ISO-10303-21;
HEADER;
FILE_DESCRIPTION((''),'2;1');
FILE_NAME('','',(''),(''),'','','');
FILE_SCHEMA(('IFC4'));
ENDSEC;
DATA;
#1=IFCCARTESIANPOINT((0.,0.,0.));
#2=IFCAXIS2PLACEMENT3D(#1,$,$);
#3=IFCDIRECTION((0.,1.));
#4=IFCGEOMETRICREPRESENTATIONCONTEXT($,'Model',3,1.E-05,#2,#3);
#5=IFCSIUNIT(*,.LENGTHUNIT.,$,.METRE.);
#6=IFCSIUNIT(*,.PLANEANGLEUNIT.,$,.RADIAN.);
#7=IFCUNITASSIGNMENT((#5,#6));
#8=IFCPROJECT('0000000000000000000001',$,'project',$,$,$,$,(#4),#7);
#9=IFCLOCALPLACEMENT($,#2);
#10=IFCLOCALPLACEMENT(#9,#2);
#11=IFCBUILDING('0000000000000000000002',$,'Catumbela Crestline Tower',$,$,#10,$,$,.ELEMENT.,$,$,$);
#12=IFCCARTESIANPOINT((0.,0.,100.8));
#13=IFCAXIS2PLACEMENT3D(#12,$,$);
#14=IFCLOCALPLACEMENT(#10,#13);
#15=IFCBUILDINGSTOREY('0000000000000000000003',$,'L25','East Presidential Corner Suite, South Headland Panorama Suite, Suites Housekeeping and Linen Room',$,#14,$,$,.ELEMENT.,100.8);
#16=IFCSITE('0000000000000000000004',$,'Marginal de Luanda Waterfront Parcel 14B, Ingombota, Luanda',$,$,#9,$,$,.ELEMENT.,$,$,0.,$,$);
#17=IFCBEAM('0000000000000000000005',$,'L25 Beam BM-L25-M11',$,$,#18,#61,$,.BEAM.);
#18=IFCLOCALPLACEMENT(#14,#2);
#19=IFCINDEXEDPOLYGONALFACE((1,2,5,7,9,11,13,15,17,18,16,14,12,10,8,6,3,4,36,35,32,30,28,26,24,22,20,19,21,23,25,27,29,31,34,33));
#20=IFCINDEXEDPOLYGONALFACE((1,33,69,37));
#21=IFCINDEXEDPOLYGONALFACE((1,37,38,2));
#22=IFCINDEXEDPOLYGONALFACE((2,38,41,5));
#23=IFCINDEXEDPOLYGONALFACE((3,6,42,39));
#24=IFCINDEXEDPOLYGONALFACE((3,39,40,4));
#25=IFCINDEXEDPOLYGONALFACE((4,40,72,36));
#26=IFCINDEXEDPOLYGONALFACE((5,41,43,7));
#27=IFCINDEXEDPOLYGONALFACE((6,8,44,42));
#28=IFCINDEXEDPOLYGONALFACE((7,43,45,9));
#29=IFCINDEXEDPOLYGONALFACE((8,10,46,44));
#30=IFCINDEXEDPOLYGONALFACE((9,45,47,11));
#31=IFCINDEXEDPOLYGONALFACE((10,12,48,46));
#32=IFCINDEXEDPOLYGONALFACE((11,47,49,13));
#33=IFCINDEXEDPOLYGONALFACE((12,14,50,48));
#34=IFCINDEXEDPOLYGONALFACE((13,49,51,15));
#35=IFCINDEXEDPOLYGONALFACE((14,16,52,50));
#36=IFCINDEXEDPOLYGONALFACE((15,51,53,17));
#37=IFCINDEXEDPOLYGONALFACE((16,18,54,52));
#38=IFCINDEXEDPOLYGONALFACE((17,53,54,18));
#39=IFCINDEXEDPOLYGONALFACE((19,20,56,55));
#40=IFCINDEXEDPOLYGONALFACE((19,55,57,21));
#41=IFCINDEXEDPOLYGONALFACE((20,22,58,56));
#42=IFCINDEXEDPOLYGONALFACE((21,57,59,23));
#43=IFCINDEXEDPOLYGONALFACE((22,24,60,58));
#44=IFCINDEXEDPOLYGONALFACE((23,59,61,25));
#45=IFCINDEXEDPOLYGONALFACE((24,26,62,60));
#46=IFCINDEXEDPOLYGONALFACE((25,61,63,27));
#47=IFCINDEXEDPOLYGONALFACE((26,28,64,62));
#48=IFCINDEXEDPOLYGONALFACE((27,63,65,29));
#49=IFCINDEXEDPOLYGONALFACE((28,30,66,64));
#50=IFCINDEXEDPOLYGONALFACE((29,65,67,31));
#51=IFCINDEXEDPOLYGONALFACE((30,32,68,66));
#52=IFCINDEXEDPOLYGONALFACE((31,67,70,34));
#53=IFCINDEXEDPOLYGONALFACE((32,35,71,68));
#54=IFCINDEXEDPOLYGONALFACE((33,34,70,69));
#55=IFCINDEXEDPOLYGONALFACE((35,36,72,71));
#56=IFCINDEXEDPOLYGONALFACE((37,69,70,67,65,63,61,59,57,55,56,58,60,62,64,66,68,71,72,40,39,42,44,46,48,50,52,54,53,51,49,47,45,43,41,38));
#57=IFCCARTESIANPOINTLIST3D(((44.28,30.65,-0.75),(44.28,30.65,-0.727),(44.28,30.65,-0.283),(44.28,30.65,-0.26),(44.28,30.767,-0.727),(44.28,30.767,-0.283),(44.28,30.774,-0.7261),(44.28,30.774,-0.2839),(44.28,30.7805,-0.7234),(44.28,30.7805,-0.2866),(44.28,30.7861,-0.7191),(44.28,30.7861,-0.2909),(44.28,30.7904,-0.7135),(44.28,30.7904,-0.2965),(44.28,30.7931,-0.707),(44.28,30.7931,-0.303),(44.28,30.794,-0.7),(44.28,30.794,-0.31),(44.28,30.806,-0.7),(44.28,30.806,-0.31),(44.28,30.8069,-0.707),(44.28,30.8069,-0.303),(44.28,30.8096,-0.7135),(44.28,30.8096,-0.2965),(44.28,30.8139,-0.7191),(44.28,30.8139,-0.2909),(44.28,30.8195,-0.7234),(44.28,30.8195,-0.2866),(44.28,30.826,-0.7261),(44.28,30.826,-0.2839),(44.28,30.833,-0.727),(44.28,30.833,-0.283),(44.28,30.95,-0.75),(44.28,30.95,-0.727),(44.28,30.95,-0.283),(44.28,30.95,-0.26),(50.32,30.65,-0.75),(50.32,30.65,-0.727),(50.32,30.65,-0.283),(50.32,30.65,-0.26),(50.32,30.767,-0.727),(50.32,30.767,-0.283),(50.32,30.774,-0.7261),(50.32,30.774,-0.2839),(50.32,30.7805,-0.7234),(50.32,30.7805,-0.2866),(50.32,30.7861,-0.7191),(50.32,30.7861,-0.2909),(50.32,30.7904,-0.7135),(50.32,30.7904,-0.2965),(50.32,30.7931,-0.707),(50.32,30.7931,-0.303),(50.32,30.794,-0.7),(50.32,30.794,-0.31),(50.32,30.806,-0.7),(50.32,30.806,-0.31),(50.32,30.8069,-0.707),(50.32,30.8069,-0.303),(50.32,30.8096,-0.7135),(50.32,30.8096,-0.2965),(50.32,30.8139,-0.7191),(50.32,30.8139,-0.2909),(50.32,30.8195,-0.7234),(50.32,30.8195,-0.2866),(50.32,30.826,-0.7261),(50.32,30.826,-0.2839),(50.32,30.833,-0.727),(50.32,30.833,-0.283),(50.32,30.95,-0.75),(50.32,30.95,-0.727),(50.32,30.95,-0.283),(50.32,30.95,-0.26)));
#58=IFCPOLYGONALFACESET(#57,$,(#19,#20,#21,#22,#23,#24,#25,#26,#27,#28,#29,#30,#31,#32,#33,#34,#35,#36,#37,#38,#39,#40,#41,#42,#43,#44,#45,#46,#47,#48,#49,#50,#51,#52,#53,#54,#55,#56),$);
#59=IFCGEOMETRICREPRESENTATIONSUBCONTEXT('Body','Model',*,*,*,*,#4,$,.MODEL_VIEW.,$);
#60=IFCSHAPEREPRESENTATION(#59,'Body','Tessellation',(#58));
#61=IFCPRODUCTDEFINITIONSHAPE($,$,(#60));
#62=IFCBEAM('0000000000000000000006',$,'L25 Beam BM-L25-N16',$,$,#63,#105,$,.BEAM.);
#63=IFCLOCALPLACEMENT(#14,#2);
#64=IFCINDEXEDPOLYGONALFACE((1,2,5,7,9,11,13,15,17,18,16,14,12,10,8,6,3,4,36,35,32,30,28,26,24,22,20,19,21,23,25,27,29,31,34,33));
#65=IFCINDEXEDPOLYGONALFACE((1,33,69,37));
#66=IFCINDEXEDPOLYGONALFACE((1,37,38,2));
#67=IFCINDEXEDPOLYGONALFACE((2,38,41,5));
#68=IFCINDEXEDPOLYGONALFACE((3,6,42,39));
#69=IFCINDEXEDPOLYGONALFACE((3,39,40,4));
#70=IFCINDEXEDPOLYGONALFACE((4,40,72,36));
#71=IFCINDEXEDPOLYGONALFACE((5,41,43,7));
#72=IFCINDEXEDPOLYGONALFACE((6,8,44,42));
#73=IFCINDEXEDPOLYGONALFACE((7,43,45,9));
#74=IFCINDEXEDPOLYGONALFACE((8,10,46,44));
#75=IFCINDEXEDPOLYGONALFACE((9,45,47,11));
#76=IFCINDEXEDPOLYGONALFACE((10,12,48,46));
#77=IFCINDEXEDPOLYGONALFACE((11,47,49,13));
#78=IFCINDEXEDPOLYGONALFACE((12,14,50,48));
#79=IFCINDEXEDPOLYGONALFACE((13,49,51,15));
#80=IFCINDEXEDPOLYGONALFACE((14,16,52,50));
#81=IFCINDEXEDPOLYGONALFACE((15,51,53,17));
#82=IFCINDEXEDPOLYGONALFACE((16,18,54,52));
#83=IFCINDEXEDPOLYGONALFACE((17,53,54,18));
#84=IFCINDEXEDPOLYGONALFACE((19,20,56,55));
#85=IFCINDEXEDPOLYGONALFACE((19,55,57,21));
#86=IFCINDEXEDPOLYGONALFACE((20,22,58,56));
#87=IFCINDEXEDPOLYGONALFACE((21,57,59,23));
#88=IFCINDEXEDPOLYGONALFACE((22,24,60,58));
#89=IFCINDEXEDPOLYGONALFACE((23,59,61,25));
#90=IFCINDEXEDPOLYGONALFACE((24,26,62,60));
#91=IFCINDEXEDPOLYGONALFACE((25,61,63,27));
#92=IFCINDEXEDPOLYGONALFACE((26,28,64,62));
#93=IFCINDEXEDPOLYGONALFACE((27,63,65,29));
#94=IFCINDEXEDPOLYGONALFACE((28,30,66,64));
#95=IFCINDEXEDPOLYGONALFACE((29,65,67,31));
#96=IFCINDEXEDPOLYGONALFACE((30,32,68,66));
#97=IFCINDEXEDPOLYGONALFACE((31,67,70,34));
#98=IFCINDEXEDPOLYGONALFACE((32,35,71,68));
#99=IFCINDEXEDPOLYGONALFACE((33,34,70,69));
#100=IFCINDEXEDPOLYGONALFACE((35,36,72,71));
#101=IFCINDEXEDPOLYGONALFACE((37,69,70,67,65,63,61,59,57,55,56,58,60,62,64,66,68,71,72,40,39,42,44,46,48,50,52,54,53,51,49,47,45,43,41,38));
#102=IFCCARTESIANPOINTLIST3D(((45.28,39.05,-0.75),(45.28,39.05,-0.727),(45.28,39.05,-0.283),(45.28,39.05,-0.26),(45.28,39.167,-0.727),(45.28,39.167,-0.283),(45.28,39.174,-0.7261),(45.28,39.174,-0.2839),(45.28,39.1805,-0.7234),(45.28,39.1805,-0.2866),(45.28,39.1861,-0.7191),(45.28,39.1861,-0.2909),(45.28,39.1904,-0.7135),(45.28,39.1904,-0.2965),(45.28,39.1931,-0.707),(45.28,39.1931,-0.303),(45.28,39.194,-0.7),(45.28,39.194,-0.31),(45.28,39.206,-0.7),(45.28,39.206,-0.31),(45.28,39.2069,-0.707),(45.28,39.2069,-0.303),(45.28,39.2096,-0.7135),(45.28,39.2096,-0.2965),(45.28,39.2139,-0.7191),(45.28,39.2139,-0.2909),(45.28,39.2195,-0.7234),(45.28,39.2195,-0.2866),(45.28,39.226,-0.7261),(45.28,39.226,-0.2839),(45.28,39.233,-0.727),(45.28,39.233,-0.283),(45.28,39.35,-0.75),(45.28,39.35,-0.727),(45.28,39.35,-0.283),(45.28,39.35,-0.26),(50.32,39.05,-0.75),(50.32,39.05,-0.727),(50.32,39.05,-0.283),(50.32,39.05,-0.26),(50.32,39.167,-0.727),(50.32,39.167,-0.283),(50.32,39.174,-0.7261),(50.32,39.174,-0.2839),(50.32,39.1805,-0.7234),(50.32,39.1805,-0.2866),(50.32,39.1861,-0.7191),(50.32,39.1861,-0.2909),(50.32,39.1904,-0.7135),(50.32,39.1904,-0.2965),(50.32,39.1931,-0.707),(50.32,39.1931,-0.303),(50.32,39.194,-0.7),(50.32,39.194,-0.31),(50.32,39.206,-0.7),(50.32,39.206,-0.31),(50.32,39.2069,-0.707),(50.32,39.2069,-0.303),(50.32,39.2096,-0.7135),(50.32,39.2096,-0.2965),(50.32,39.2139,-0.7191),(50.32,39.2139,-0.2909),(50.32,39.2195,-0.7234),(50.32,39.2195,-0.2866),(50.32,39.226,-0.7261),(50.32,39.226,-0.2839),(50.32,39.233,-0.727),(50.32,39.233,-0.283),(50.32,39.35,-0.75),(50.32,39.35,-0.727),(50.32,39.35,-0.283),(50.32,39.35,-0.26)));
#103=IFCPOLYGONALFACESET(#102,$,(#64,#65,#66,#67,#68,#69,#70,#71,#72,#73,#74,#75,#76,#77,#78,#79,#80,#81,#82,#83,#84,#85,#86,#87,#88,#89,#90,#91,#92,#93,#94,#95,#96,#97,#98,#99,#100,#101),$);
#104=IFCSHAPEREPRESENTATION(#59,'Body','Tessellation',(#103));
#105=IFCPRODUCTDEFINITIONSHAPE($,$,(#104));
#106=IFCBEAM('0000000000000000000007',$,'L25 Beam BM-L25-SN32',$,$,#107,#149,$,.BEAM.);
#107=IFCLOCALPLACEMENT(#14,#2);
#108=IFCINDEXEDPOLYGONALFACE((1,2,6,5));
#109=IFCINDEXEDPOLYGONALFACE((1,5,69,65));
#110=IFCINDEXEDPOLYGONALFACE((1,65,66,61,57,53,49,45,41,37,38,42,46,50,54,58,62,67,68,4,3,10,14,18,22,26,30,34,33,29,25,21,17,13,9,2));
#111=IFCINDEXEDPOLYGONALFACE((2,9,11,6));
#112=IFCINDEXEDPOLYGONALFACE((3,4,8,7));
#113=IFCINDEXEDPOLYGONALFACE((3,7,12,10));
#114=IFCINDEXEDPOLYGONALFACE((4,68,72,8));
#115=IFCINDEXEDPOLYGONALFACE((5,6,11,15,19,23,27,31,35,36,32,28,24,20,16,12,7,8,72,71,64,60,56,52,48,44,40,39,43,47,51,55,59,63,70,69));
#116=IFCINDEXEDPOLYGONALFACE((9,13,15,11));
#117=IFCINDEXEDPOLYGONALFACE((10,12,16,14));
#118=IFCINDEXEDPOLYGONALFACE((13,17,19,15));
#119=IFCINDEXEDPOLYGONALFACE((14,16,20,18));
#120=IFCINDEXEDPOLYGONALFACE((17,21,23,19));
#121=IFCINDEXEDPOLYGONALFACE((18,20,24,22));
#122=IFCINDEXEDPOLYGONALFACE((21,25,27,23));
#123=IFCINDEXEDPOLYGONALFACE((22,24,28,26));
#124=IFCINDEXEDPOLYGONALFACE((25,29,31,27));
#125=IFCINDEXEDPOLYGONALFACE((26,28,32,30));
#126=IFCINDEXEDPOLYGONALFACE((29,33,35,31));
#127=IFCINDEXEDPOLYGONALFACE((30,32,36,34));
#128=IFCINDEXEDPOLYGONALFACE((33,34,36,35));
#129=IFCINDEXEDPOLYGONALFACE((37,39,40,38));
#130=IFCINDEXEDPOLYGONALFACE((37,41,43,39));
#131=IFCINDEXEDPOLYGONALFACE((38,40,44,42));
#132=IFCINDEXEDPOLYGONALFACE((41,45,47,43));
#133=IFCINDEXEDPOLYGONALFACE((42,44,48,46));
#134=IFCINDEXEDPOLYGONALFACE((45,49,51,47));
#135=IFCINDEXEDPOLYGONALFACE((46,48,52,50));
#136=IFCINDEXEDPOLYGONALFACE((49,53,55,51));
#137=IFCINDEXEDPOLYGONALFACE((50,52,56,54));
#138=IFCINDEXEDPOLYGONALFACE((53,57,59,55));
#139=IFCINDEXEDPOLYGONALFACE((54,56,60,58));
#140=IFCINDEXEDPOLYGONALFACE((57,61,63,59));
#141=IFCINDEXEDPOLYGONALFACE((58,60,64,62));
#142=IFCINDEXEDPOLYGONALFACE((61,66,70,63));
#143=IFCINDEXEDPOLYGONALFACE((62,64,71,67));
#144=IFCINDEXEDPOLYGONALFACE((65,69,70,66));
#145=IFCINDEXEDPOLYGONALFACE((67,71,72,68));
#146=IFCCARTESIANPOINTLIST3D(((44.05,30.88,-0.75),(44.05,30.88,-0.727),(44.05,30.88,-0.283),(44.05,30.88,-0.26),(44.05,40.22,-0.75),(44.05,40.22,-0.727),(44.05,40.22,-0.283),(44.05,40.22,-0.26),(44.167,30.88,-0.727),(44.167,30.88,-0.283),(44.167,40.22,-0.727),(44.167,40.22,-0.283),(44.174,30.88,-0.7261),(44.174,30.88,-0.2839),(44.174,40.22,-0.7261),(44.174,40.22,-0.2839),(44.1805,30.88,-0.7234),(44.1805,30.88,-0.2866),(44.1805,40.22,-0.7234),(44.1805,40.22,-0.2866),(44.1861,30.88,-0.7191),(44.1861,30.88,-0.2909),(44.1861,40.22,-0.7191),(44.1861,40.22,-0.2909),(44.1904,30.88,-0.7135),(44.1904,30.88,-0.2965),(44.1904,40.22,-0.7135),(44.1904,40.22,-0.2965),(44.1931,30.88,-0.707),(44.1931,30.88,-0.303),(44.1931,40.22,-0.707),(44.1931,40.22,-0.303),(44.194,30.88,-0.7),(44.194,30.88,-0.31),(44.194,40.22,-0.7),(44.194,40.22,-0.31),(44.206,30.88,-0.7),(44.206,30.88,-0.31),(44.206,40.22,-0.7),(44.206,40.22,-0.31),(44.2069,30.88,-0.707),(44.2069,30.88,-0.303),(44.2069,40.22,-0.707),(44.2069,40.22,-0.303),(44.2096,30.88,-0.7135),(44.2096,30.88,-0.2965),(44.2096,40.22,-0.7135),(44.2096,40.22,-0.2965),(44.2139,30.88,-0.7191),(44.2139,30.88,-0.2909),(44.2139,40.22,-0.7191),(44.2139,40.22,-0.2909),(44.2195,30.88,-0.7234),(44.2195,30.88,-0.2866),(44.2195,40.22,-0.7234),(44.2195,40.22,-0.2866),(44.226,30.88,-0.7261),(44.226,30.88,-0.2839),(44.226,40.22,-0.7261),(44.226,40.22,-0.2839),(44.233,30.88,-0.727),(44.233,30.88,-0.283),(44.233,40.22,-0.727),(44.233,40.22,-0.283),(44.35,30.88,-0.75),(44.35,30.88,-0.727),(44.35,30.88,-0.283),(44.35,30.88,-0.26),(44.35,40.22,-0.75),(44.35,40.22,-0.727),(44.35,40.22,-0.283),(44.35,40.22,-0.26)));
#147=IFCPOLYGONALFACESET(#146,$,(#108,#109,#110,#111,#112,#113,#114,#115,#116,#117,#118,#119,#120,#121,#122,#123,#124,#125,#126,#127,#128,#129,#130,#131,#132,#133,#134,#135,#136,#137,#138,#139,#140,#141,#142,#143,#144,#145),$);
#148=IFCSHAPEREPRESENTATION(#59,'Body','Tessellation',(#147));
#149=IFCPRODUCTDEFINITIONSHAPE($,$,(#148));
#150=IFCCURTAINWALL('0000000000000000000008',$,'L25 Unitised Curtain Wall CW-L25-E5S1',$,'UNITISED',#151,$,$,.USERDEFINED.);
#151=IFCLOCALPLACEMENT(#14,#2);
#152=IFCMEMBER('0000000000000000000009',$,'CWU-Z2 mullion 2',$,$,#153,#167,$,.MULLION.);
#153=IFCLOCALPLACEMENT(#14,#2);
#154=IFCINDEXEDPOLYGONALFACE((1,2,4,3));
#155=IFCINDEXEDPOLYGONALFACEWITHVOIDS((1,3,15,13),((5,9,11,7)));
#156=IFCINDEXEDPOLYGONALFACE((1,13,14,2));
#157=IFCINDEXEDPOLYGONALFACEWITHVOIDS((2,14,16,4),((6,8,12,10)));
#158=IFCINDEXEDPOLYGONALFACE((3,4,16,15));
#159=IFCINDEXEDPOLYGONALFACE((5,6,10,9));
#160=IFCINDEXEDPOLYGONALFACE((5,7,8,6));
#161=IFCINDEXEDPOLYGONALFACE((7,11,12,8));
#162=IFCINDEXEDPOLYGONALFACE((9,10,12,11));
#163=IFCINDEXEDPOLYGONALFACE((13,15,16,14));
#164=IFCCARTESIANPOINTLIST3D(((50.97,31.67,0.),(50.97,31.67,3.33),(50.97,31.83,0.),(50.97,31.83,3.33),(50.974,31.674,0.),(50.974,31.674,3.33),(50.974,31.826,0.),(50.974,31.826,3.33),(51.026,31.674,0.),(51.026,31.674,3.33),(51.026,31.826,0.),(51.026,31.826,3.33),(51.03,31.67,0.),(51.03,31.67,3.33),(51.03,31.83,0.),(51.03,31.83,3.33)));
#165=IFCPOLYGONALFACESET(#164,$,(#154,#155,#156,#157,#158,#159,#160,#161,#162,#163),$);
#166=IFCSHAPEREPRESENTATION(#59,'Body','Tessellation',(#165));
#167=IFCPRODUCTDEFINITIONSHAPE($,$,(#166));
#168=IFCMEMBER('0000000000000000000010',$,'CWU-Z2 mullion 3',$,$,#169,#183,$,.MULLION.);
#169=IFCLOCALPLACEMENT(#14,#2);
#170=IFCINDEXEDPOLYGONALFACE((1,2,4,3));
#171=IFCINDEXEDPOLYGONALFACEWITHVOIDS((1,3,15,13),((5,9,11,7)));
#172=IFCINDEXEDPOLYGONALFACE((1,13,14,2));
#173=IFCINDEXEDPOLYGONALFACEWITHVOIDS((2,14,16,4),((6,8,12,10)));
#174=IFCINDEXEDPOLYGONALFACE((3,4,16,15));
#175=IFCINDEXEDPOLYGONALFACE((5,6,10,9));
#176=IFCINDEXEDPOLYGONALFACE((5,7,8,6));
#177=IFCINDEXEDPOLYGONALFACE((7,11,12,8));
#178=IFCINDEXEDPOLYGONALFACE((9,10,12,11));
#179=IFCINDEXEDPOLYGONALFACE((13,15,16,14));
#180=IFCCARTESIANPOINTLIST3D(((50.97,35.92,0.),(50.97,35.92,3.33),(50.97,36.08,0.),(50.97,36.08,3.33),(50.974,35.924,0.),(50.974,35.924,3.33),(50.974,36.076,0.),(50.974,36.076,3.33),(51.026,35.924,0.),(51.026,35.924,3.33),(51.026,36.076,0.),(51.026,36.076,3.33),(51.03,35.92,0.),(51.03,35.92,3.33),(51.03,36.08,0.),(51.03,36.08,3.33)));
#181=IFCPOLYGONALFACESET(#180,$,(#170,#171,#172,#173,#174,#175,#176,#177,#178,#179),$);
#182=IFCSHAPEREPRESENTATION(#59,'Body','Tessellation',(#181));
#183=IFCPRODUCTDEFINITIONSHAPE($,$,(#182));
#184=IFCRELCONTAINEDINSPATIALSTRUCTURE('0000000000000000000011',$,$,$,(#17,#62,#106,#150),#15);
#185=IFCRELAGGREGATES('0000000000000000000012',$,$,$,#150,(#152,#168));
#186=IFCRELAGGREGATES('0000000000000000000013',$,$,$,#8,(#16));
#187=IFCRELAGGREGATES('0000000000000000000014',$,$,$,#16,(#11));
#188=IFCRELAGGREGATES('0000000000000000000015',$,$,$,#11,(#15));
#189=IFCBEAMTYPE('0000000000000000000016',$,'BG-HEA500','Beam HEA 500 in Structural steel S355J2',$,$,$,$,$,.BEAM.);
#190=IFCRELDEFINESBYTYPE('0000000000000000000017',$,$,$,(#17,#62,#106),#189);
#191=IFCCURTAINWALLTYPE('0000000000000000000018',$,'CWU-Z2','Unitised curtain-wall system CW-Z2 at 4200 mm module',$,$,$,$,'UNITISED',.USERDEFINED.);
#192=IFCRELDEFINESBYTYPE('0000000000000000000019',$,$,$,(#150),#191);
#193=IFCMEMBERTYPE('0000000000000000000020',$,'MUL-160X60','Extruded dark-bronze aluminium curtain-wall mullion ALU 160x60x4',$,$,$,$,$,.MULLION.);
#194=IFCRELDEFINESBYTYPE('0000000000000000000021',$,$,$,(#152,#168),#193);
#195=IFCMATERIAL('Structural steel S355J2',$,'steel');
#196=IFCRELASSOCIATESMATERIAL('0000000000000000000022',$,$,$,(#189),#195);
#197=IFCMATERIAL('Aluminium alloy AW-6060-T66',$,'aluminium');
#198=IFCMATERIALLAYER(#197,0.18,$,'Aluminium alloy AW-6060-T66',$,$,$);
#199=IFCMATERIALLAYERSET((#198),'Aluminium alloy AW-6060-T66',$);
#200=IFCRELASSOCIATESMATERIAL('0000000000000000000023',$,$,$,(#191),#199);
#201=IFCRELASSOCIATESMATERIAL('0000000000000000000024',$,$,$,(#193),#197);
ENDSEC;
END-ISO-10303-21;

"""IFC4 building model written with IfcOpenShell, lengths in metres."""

from ifc_helpers import new_model, si_unit, direction, frame, origin, origin_2d, place, context, subcontext, project, spatial, hollow_rectangle, i_section, extrude, material, layer, layer_set, material_profile, profile_set, type_object, element, aggregate, save


model = new_model("IFC4")

# Units and contexts
model_context = context("Model", 3, precision=1e-05, world=origin(), true_north=direction((0.0, 1.0)))
body_context = subcontext(model_context, "Body", "Model", "MODEL_VIEW")
ifc_project = project(units=[si_unit("LENGTHUNIT", "METRE"), si_unit("PLANEANGLEUNIT", "RADIAN")], contexts=[model_context])

# Site, building, storey
site_placement = place(None, origin())
site = spatial("IfcSite", under=ifc_project, at=site_placement, Name="Marginal de Luanda Waterfront Parcel 14B, Ingombota, Luanda", CompositionType="ELEMENT", RefElevation=0.0)
building_placement = place(site_placement, origin())
building = spatial("IfcBuilding", under=site, at=building_placement, Name="Catumbela Crestline Tower", CompositionType="ELEMENT")
storey_placement = place(building_placement, frame((0.0, 0.0, 100.8)))
storey = spatial("IfcBuildingStorey", under=building, at=storey_placement, Name="L25", Description="East Presidential Corner Suite, South Headland Panorama Suite, Suites Housekeeping and Linen Room", CompositionType="ELEMENT", Elevation=100.8)

# Beams
ifc_material_1 = material(Name="Structural steel S355J2", Category="steel")
ifc_material_profile_1 = material_profile(ifc_material_1, i_section(OverallWidth=0.3, OverallDepth=0.49, WebThickness=0.012, FlangeThickness=0.023, FilletRadius=0.027, at=origin_2d()), Name="HEA 500")
ifc_profile_set_1 = profile_set([ifc_material_profile_1], Name="Structural steel S355J2")
beam_type_1 = type_object("IfcBeamType", Name="BG-HEA500", Description="Beam HEA 500 in Structural steel S355J2", PredefinedType="BEAM", material=ifc_profile_set_1)
beam_1_placement = place(storey_placement, frame((44.28, 30.8, -0.505), z_axis=(1.0, 0.0, 0.0), x_axis=(0.0, 1.0, 0.0)))
element("IfcBeam", 1, at=beam_1_placement, inside=storey, type_object=beam_type_1, Name="L25 Beam BM-L25-M11", PredefinedType="BEAM", context=body_context, shape_type="SweptSolid", body=[
    extrude(i_section(OverallWidth=0.3, OverallDepth=0.49, WebThickness=0.012, FlangeThickness=0.023, FilletRadius=0.027, at=origin_2d()), origin(), (0.0, 0.0, 1.0), 6.04),
])
beam_2_placement = place(storey_placement, frame((45.28, 39.2, -0.505), z_axis=(1.0, 0.0, 0.0), x_axis=(0.0, 1.0, 0.0)))
element("IfcBeam", 2, at=beam_2_placement, inside=storey, type_object=beam_type_1, Name="L25 Beam BM-L25-N16", PredefinedType="BEAM", context=body_context, shape_type="SweptSolid", body=[
    extrude(i_section(OverallWidth=0.3, OverallDepth=0.49, WebThickness=0.012, FlangeThickness=0.023, FilletRadius=0.027, at=origin_2d()), origin(), (0.0, 0.0, 1.0), 5.04),
])
beam_3_placement = place(storey_placement, frame((44.2, 30.88, -0.505), z_axis=(0.0, 1.0, 0.0), x_axis=(-1.0, 0.0, 0.0)))
element("IfcBeam", 3, at=beam_3_placement, inside=storey, type_object=beam_type_1, Name="L25 Beam BM-L25-SN32", PredefinedType="BEAM", context=body_context, shape_type="SweptSolid", body=[
    extrude(i_section(OverallWidth=0.3, OverallDepth=0.49, WebThickness=0.012, FlangeThickness=0.023, FilletRadius=0.027, at=origin_2d()), origin(), (0.0, 0.0, 1.0), 9.34),
])

# Curtain wall, members
ifc_material_2 = material(Name="Aluminium alloy AW-6060-T66", Category="aluminium")
ifc_layer_1 = layer(ifc_material_2, 0.18, Name="Aluminium alloy AW-6060-T66")
ifc_layer_set_1 = layer_set([ifc_layer_1], Name="Aluminium alloy AW-6060-T66")
curtain_wall_type = type_object("IfcCurtainWallType", Name="CWU-Z2", Description="Unitised curtain-wall system CW-Z2 at 4200 mm module", ElementType="UNITISED", PredefinedType="USERDEFINED", material=ifc_layer_set_1)
curtain_wall_placement = place(storey_placement, origin())
curtain_wall = element("IfcCurtainWall", 4, at=curtain_wall_placement, inside=storey, type_object=curtain_wall_type, Name="L25 Unitised Curtain Wall CW-L25-E5S1", ObjectType="UNITISED", PredefinedType="USERDEFINED")
ifc_material_profile_2 = material_profile(ifc_material_2, hollow_rectangle(XDim=0.06, YDim=0.16, WallThickness=0.004, at=origin_2d()), Name="ALU 160x60x4")
ifc_profile_set_2 = profile_set([ifc_material_profile_2], Name="Aluminium alloy AW-6060-T66")
member_type_1 = type_object("IfcMemberType", Name="MUL-160X60", Description="Extruded dark-bronze aluminium curtain-wall mullion ALU 160x60x4", PredefinedType="MULLION", material=ifc_profile_set_2)
member_1_placement = place(storey_placement, frame((51.0, 31.75, 0.0), z_axis=(0.0, 0.0, 1.0), x_axis=(-1.0, 0.0, 0.0)))
member_1 = element("IfcMember", 5, at=member_1_placement, type_object=member_type_1, Name="CWU-Z2 mullion 2", PredefinedType="MULLION", context=body_context, shape_type="SweptSolid", body=[
    extrude(hollow_rectangle(XDim=0.06, YDim=0.16, WallThickness=0.004, at=origin_2d()), origin(), (0.0, 0.0, 1.0), 3.33),
])
member_2_placement = place(storey_placement, frame((51.0, 36.0, 0.0), z_axis=(0.0, 0.0, 1.0), x_axis=(-1.0, 0.0, 0.0)))
member_2 = element("IfcMember", 6, at=member_2_placement, type_object=member_type_1, Name="CWU-Z2 mullion 3", PredefinedType="MULLION", context=body_context, shape_type="SweptSolid", body=[
    extrude(hollow_rectangle(XDim=0.06, YDim=0.16, WallThickness=0.004, at=origin_2d()), origin(), (0.0, 0.0, 1.0), 3.33),
])

aggregate(curtain_wall, [member_1, member_2])

save(model, "model.ifc")
